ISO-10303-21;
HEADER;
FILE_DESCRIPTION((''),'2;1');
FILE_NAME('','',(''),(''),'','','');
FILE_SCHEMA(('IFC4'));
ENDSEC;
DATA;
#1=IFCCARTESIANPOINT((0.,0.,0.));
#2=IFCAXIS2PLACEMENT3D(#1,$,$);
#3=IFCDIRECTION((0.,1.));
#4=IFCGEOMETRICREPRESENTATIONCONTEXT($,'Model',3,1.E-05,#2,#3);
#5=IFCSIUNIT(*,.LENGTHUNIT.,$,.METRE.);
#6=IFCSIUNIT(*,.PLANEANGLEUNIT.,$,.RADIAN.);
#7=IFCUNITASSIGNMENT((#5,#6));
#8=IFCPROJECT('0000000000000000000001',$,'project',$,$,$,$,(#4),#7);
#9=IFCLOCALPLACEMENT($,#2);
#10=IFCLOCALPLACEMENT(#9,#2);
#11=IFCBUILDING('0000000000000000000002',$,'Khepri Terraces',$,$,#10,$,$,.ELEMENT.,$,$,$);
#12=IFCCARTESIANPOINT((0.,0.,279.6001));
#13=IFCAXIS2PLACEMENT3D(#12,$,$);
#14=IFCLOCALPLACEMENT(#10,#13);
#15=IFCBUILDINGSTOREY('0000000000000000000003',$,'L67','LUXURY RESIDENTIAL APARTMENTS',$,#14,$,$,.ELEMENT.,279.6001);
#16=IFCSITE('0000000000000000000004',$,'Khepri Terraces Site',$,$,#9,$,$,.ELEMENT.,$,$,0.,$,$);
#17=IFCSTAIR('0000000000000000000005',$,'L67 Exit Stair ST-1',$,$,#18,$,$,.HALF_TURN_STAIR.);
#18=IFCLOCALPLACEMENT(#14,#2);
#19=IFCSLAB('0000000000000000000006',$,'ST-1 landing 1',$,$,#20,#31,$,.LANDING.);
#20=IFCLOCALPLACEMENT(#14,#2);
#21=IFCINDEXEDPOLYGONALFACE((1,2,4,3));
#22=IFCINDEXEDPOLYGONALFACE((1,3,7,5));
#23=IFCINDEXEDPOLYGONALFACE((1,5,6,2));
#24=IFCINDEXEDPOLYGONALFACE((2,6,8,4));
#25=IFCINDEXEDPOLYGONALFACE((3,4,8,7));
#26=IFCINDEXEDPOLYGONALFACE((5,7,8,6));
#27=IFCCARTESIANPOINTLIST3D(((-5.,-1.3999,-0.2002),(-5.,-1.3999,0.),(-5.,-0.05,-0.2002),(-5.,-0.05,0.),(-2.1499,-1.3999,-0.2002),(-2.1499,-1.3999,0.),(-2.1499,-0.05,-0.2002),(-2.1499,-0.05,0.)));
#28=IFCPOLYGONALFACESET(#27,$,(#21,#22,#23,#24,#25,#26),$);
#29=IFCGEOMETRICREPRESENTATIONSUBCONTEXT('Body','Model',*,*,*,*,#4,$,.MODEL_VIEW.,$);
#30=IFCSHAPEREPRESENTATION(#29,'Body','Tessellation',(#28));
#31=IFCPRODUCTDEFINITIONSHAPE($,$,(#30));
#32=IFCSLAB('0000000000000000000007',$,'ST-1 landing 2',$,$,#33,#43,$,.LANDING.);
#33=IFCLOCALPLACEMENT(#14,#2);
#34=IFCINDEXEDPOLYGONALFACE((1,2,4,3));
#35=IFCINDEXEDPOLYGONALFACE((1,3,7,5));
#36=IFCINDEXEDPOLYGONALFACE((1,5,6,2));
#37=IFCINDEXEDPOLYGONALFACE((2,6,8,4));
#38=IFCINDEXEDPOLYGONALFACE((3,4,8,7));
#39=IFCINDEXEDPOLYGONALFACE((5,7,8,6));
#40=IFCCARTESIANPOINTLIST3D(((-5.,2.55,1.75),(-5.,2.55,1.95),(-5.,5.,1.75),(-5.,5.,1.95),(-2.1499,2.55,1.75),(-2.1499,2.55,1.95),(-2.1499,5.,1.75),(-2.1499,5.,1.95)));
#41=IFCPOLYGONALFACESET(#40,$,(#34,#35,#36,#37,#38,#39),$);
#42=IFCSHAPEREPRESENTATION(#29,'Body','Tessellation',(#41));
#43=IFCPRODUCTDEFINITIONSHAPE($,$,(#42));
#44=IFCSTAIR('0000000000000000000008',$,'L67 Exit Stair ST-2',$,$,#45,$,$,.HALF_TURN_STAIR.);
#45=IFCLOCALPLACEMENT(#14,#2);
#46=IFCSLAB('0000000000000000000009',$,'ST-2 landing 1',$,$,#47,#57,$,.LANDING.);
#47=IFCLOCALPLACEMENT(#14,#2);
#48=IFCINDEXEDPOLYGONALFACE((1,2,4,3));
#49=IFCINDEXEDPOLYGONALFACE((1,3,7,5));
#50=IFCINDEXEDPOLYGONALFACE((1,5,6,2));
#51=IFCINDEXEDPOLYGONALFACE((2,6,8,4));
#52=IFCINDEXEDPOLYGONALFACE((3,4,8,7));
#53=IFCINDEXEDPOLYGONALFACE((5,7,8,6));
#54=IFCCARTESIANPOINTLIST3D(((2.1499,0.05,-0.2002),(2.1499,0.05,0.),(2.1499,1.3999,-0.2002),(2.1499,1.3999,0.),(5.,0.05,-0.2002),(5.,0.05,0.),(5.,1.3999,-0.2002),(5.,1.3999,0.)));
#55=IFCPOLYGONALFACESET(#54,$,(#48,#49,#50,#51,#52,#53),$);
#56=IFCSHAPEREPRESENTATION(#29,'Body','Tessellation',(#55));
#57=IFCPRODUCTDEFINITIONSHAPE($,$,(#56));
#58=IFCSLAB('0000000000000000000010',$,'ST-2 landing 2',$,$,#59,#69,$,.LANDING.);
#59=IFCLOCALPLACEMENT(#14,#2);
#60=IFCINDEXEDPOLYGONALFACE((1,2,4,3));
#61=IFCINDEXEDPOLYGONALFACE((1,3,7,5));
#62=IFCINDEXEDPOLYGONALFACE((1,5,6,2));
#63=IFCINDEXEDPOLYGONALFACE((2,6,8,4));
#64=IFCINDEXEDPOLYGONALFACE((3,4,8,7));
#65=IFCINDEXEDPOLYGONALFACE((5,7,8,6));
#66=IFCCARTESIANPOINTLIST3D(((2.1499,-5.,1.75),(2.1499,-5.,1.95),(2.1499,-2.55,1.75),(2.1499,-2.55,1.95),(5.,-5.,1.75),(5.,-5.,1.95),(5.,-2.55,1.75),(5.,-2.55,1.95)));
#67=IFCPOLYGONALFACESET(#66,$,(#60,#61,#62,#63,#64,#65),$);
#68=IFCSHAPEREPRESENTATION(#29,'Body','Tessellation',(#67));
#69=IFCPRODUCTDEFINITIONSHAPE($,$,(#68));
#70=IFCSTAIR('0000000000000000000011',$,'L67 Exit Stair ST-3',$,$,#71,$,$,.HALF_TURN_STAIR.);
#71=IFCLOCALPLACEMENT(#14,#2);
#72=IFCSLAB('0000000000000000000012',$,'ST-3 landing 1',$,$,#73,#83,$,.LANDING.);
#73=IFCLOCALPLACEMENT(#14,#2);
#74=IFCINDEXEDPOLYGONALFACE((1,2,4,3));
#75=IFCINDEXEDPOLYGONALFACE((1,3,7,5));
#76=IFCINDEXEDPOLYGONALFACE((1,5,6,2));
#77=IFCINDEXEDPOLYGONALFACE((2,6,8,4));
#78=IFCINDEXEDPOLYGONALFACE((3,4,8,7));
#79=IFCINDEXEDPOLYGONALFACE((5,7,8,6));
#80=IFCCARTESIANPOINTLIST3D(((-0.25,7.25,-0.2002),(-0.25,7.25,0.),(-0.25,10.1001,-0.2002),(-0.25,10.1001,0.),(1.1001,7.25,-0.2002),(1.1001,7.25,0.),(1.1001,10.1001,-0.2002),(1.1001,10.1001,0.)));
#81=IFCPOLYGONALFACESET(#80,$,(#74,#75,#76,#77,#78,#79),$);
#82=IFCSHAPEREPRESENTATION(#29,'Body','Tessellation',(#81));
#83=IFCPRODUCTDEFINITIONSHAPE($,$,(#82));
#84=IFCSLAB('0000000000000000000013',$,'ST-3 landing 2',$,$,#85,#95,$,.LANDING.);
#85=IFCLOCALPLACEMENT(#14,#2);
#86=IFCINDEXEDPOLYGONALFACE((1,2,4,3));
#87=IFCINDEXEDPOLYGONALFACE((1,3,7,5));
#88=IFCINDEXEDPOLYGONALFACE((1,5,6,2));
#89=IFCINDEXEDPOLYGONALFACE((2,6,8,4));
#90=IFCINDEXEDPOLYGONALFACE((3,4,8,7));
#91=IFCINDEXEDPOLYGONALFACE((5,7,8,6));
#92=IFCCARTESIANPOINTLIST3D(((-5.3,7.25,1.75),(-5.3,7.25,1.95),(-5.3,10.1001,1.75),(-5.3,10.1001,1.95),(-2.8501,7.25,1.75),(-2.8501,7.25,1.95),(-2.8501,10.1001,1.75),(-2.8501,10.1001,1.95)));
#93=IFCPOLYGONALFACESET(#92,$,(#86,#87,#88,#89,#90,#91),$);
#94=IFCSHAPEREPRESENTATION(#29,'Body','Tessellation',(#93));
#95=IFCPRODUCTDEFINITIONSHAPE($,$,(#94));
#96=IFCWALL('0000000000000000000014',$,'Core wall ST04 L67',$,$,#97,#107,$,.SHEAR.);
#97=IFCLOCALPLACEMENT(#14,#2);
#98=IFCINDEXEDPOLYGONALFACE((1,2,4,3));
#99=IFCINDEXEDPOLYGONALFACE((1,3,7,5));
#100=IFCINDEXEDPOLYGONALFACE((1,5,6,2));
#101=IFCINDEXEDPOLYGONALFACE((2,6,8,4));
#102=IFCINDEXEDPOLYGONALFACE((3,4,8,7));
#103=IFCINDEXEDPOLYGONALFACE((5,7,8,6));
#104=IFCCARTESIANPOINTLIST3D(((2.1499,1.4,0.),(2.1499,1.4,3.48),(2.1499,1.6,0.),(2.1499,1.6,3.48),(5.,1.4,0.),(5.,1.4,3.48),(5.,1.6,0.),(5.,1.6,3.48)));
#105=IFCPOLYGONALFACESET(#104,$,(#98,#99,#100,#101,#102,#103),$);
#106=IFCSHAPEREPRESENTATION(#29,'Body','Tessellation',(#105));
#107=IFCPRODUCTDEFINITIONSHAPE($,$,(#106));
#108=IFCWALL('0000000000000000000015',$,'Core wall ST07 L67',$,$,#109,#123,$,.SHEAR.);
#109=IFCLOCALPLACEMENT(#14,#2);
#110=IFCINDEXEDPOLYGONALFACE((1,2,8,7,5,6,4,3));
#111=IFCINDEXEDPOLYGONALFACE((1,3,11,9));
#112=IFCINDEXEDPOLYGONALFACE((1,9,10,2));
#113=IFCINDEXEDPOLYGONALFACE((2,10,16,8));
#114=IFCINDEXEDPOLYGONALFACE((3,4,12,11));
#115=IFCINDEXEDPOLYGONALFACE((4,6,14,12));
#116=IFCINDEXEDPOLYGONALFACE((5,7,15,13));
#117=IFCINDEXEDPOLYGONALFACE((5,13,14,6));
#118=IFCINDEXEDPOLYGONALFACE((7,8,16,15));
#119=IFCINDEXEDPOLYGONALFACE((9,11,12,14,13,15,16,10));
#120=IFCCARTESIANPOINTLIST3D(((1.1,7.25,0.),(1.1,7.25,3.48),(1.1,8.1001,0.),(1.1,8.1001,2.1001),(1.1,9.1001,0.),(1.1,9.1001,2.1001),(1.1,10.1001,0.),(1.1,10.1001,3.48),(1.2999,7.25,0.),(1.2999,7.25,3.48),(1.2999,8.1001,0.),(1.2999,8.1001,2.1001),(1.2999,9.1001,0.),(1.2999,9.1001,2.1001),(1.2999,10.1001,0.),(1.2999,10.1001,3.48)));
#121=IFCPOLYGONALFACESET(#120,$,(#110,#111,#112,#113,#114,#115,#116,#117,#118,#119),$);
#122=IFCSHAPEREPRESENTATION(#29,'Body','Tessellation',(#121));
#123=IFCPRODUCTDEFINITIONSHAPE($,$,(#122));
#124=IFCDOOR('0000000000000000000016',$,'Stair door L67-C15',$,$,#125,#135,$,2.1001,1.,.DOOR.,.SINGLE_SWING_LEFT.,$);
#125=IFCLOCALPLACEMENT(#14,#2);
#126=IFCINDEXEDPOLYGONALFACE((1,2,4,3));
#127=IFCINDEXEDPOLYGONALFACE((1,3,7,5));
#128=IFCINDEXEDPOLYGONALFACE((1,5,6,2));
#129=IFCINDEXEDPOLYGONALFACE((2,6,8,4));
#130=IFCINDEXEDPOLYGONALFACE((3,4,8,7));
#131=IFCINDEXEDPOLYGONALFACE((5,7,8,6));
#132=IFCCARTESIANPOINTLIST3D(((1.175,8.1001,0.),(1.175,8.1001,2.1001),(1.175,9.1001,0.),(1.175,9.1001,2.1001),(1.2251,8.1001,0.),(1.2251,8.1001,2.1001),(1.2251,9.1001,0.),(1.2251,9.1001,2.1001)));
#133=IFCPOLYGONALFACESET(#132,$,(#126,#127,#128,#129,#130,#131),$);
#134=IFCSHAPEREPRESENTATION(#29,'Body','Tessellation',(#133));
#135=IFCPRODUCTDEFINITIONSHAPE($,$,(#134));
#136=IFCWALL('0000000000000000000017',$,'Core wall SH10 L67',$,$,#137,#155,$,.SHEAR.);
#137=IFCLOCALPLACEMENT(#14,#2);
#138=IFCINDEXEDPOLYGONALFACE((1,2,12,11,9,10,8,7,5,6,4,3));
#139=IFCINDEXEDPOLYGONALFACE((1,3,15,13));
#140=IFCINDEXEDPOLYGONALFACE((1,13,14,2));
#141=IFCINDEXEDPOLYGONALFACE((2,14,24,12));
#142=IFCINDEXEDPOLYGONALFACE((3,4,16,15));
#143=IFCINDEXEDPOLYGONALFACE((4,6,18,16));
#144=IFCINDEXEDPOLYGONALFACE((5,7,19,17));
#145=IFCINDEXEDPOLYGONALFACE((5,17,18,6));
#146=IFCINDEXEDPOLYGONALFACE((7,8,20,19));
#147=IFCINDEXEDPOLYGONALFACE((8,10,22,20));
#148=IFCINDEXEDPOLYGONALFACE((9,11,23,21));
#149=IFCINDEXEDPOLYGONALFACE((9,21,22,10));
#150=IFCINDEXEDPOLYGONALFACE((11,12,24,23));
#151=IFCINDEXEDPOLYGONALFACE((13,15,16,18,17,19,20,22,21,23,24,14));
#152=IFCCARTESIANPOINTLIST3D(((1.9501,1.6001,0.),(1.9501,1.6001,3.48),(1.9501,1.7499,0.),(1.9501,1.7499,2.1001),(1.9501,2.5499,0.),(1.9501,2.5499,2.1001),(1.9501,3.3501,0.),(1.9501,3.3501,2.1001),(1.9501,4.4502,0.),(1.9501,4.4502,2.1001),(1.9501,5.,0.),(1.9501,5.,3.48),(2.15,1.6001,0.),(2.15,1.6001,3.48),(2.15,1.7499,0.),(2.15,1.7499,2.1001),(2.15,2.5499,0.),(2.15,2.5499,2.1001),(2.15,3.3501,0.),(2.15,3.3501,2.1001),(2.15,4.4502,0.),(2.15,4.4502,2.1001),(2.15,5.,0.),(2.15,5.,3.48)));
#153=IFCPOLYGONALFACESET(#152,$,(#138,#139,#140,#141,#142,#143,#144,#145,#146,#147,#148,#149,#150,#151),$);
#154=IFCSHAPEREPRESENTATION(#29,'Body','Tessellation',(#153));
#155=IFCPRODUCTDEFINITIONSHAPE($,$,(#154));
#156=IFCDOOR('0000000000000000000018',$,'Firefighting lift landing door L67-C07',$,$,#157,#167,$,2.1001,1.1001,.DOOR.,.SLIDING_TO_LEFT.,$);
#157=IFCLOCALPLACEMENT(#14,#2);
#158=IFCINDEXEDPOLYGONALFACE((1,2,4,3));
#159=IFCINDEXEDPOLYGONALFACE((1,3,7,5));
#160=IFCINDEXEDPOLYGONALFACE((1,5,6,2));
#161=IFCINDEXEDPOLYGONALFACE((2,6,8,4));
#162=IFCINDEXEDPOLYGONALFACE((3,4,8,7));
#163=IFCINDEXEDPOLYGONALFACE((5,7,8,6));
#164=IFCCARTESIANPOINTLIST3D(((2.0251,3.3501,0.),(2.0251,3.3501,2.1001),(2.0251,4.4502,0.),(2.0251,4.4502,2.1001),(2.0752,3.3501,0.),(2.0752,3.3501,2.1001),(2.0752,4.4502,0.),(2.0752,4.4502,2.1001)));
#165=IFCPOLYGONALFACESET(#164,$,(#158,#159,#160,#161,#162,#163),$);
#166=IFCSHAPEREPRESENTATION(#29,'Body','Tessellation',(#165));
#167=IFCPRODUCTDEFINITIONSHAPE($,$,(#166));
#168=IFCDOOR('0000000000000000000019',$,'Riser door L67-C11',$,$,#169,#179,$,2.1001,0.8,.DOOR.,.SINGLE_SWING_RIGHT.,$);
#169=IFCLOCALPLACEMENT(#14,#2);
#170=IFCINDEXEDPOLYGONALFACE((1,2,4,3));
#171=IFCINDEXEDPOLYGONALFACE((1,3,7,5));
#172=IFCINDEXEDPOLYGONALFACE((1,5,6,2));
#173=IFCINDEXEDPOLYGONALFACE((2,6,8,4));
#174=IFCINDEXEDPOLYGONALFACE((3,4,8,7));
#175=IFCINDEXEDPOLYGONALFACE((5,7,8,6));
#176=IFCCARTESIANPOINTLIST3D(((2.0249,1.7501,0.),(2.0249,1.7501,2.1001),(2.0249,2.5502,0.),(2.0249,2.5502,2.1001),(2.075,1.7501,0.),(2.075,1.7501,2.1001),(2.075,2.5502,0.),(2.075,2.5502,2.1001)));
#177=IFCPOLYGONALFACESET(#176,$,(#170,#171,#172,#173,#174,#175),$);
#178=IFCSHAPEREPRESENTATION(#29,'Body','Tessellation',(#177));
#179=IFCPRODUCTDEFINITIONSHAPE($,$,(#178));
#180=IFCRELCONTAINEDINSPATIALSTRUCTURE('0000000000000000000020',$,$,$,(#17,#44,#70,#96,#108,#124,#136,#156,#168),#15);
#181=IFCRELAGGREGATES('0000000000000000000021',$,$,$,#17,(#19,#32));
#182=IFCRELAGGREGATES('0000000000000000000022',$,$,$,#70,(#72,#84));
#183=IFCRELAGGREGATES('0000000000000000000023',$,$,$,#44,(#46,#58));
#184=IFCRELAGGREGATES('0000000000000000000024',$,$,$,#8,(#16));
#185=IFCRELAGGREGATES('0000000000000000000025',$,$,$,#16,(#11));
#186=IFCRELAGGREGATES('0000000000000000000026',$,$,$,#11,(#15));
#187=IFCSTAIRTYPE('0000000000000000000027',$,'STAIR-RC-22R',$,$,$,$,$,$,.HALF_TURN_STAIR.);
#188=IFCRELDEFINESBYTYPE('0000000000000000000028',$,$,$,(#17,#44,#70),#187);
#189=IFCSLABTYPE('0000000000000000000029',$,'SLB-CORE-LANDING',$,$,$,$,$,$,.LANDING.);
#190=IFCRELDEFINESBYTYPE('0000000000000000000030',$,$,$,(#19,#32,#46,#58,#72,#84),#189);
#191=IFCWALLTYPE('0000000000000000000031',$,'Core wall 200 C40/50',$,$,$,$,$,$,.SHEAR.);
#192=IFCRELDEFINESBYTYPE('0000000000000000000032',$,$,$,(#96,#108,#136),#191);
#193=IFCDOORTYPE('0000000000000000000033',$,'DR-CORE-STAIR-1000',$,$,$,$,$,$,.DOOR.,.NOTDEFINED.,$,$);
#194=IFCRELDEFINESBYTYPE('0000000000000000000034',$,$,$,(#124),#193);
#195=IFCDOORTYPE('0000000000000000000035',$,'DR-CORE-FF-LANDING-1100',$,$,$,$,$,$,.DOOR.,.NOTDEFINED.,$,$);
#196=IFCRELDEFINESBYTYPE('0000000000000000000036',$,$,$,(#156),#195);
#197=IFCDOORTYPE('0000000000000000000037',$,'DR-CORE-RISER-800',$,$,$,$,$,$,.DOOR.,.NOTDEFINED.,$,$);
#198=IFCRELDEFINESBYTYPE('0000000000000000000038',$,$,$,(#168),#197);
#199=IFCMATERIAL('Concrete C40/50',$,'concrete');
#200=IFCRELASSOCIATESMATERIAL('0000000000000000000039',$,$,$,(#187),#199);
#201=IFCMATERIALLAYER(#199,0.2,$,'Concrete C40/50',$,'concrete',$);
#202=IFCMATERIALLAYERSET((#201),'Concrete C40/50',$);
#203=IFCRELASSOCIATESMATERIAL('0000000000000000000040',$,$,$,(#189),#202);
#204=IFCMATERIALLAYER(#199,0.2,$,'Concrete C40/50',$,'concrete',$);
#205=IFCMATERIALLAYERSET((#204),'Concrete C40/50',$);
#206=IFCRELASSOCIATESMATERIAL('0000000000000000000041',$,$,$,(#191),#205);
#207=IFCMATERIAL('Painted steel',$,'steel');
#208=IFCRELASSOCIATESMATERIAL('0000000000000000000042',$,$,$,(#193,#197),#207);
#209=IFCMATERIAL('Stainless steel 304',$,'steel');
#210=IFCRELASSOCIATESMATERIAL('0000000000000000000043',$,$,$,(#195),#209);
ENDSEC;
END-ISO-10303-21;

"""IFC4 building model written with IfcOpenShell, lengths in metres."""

from ifc_helpers import new_model, si_unit, direction, frame, frame_2d, origin, place, context, subcontext, project, spatial, polyline, rectangle, outline, extrude, material, layer, layer_set, type_object, element, fill, aggregate, save


model = new_model("IFC4")

# Units and contexts
model_context = context("Model", 3, precision=1e-05, world=origin(), true_north=direction((0.0, 1.0)))
body_context = subcontext(model_context, "Body", "Model", "MODEL_VIEW")
ifc_project = project(units=[si_unit("LENGTHUNIT", "METRE"), si_unit("PLANEANGLEUNIT", "RADIAN")], contexts=[model_context])

# Site, building, storey
site_placement = place(None, origin())
site = spatial("IfcSite", under=ifc_project, at=site_placement, Name="Khepri Terraces Site", CompositionType="ELEMENT", RefElevation=0.0)
building_placement = place(site_placement, origin())
building = spatial("IfcBuilding", under=site, at=building_placement, Name="Khepri Terraces", CompositionType="ELEMENT")
storey_placement = place(building_placement, frame((0.0, 0.0, 279.6001)))
storey = spatial("IfcBuildingStorey", under=building, at=storey_placement, Name="L67", Description="LUXURY RESIDENTIAL APARTMENTS", CompositionType="ELEMENT", Elevation=279.6001)

# Stairs, slabs
ifc_material_1 = material(Name="Concrete C40/50", Category="concrete")
stair_type = type_object("IfcStairType", Name="STAIR-RC-22R", PredefinedType="HALF_TURN_STAIR", material=ifc_material_1)
stair_1_placement = place(storey_placement, origin())
stair_1 = element("IfcStair", 1, at=stair_1_placement, inside=storey, type_object=stair_type, Name="L67 Exit Stair ST-1", PredefinedType="HALF_TURN_STAIR")
ifc_layer_1 = layer(ifc_material_1, 0.2, Name="Concrete C40/50", Category="concrete")
ifc_layer_set_1 = layer_set([ifc_layer_1], Name="Concrete C40/50")
slab_type = type_object("IfcSlabType", Name="SLB-CORE-LANDING", PredefinedType="LANDING", material=ifc_layer_set_1)
slab_1_placement = place(storey_placement, frame((0.0, 0.0, -0.2002)))
slab_1 = element("IfcSlab", 2, at=slab_1_placement, type_object=slab_type, Name="ST-1 landing 1", PredefinedType="LANDING", context=body_context, shape_type="SweptSolid", body=[
    extrude(outline(polyline([(-2.1499, -1.3999), (-2.1499, -0.05), (-5.0, -0.05), (-5.0, -1.3999), (-2.1499, -1.3999)])), origin(), (0.0, 0.0, 1.0), 0.2002),
])
slab_2_placement = place(storey_placement, frame((0.0, 0.0, 1.75)))
slab_2 = element("IfcSlab", 3, at=slab_2_placement, type_object=slab_type, Name="ST-1 landing 2", PredefinedType="LANDING", context=body_context, shape_type="SweptSolid", body=[
    extrude(outline(polyline([(-2.1499, 2.55), (-2.1499, 5.0), (-5.0, 5.0), (-5.0, 2.55), (-2.1499, 2.55)])), origin(), (0.0, 0.0, 1.0), 0.2),
])
aggregate(stair_1, [slab_1, slab_2])
stair_2_placement = place(storey_placement, origin())
stair_2 = element("IfcStair", 4, at=stair_2_placement, inside=storey, type_object=stair_type, Name="L67 Exit Stair ST-2", PredefinedType="HALF_TURN_STAIR")
slab_3_placement = place(storey_placement, frame((0.0, 0.0, -0.2002)))
slab_3 = element("IfcSlab", 5, at=slab_3_placement, type_object=slab_type, Name="ST-2 landing 1", PredefinedType="LANDING", context=body_context, shape_type="SweptSolid", body=[
    extrude(outline(polyline([(2.1499, 1.3999), (2.1499, 0.05), (5.0, 0.05), (5.0, 1.3999), (2.1499, 1.3999)])), origin(), (0.0, 0.0, 1.0), 0.2002),
])
slab_4_placement = place(storey_placement, frame((0.0, 0.0, 1.75)))
slab_4 = element("IfcSlab", 6, at=slab_4_placement, type_object=slab_type, Name="ST-2 landing 2", PredefinedType="LANDING", context=body_context, shape_type="SweptSolid", body=[
    extrude(outline(polyline([(2.1499, -2.55), (2.1499, -5.0), (5.0, -5.0), (5.0, -2.55), (2.1499, -2.55)])), origin(), (0.0, 0.0, 1.0), 0.2),
])
stair_3_placement = place(storey_placement, origin())
stair_3 = element("IfcStair", 7, at=stair_3_placement, inside=storey, type_object=stair_type, Name="L67 Exit Stair ST-3", PredefinedType="HALF_TURN_STAIR")
slab_5_placement = place(storey_placement, frame((0.0, 0.0, -0.2002)))
slab_5 = element("IfcSlab", 8, at=slab_5_placement, type_object=slab_type, Name="ST-3 landing 1", PredefinedType="LANDING", context=body_context, shape_type="SweptSolid", body=[
    extrude(outline(polyline([(1.1001, 10.1001), (-0.25, 10.1001), (-0.25, 7.25), (1.1001, 7.25), (1.1001, 10.1001)])), origin(), (0.0, 0.0, 1.0), 0.2002),
])
slab_6_placement = place(storey_placement, frame((0.0, 0.0, 1.75)))
slab_6 = element("IfcSlab", 9, at=slab_6_placement, type_object=slab_type, Name="ST-3 landing 2", PredefinedType="LANDING", context=body_context, shape_type="SweptSolid", body=[
    extrude(outline(polyline([(-2.8501, 10.1001), (-5.3, 10.1001), (-5.3, 7.25), (-2.8501, 7.25), (-2.8501, 10.1001)])), origin(), (0.0, 0.0, 1.0), 0.2),
])
aggregate(stair_3, [slab_5, slab_6])

# Wall
ifc_layer_2 = layer(ifc_material_1, 0.2, Name="Concrete C40/50", Category="concrete")
ifc_layer_set_2 = layer_set([ifc_layer_2], Name="Concrete C40/50")
wall_type = type_object("IfcWallType", Name="Core wall 200 C40/50", PredefinedType="SHEAR", material=ifc_layer_set_2)
wall_1_placement = place(storey_placement, frame((2.1499, 1.5, 0.0), z_axis=(0.0, 0.0, 1.0), x_axis=(1.0, 0.0, 0.0)))
element("IfcWall", 10, at=wall_1_placement, inside=storey, type_object=wall_type, Name="Core wall ST04 L67", PredefinedType="SHEAR", context=body_context, shape_type="SweptSolid", body=[
    extrude(rectangle(XDim=2.8501, YDim=0.2, at=frame_2d((1.425, 0.0))), origin(), (0.0, 0.0, 1.0), 3.48),
])

# Wall, opening, door
wall_2_placement = place(storey_placement, frame((1.2, 7.25, 0.0), z_axis=(0.0, 0.0, 1.0), x_axis=(0.0, 1.0, 0.0)))
wall_2 = element("IfcWall", 11, at=wall_2_placement, inside=storey, type_object=wall_type, Name="Core wall ST07 L67", PredefinedType="SHEAR", context=body_context, shape_type="SweptSolid", body=[
    extrude(rectangle(XDim=2.8501, YDim=0.2, at=frame_2d((1.425, 0.0))), origin(), (0.0, 0.0, 1.0), 3.48),
])
opening_1_placement = place(wall_2_placement, frame((0.8501, 0.0, 0.0)))
opening_1 = element("IfcOpeningElement", 12, at=opening_1_placement, cuts=wall_2, PredefinedType="OPENING", context=body_context, shape_type="SweptSolid", body=[
    extrude(rectangle(XDim=1.0, YDim=2.1001, at=frame_2d((0.5, 1.05))), frame((0.0, 0.1099, 0.0), z_axis=(0.0, -1.0, 0.0), x_axis=(1.0, 0.0, 0.0)), (0.0, 0.0, 1.0), 0.22),
])
ifc_material_2 = material(Name="Painted steel", Category="steel")
door_type_1 = type_object("IfcDoorType", Name="DR-CORE-STAIR-1000", OperationType="NOTDEFINED", PredefinedType="DOOR", material=ifc_material_2)
door_1_placement = place(opening_1_placement, origin())
door_1 = element("IfcDoor", 13, at=door_1_placement, inside=storey, type_object=door_type_1, Name="Stair door L67-C15", OperationType="SINGLE_SWING_LEFT", OverallHeight=2.1001, OverallWidth=1.0, PredefinedType="DOOR", context=body_context, shape_type="SweptSolid", body=[
    extrude(rectangle(XDim=1.0, YDim=2.1001, at=frame_2d((0.5, 1.05))), frame((0.0, 0.0249, 0.0), z_axis=(0.0, -1.0, 0.0), x_axis=(1.0, 0.0, 0.0)), (0.0, 0.0, 1.0), 0.05),
])
fill(opening_1, door_1)

# Wall, openings, doors
wall_3_placement = place(storey_placement, frame((2.05, 1.6001, 0.0), z_axis=(0.0, 0.0, 1.0), x_axis=(0.0, 1.0, 0.0)))
wall_3 = element("IfcWall", 14, at=wall_3_placement, inside=storey, type_object=wall_type, Name="Core wall SH10 L67", PredefinedType="SHEAR", context=body_context, shape_type="SweptSolid", body=[
    extrude(rectangle(XDim=3.3999, YDim=0.2, at=frame_2d((1.7, 0.0))), origin(), (0.0, 0.0, 1.0), 3.48),
])
opening_2_placement = place(wall_3_placement, frame((1.75, 0.0, 0.0)))
opening_2 = element("IfcOpeningElement", 15, at=opening_2_placement, cuts=wall_3, PredefinedType="OPENING", context=body_context, shape_type="SweptSolid", body=[
    extrude(rectangle(XDim=1.1001, YDim=2.1001, at=frame_2d((0.55, 1.05))), frame((0.0, 0.1099, 0.0), z_axis=(0.0, -1.0, 0.0), x_axis=(1.0, 0.0, 0.0)), (0.0, 0.0, 1.0), 0.22),
])
opening_3_placement = place(wall_3_placement, frame((0.1499, 0.0, 0.0)))
opening_3 = element("IfcOpeningElement", 16, at=opening_3_placement, cuts=wall_3, PredefinedType="OPENING", context=body_context, shape_type="SweptSolid", body=[
    extrude(rectangle(XDim=0.8, YDim=2.1001, at=frame_2d((0.3999, 1.05))), frame((0.0, 0.1099, 0.0), z_axis=(0.0, -1.0, 0.0), x_axis=(1.0, 0.0, 0.0)), (0.0, 0.0, 1.0), 0.22),
])
ifc_material_3 = material(Name="Stainless steel 304", Category="steel")
door_type_2 = type_object("IfcDoorType", Name="DR-CORE-FF-LANDING-1100", OperationType="NOTDEFINED", PredefinedType="DOOR", material=ifc_material_3)
door_2_placement = place(opening_2_placement, origin())
door_2 = element("IfcDoor", 17, at=door_2_placement, inside=storey, type_object=door_type_2, Name="Firefighting lift landing door L67-C07", OperationType="SLIDING_TO_LEFT", OverallHeight=2.1001, OverallWidth=1.1001, PredefinedType="DOOR", context=body_context, shape_type="SweptSolid", body=[
    extrude(rectangle(XDim=1.1001, YDim=2.1001, at=frame_2d((0.55, 1.05))), frame((0.0, 0.0249, 0.0), z_axis=(0.0, -1.0, 0.0), x_axis=(1.0, 0.0, 0.0)), (0.0, 0.0, 1.0), 0.05),
])
fill(opening_2, door_2)
door_type_3 = type_object("IfcDoorType", Name="DR-CORE-RISER-800", OperationType="NOTDEFINED", PredefinedType="DOOR", material=ifc_material_2)
door_3_placement = place(opening_3_placement, frame((0.8, 0.0, 0.0), z_axis=(0.0, 0.0, 1.0), x_axis=(-1.0, 0.0, 0.0)))
door_3 = element("IfcDoor", 18, at=door_3_placement, inside=storey, type_object=door_type_3, Name="Riser door L67-C11", OperationType="SINGLE_SWING_RIGHT", OverallHeight=2.1001, OverallWidth=0.8, PredefinedType="DOOR", context=body_context, shape_type="SweptSolid", body=[
    extrude(rectangle(XDim=0.8, YDim=2.1001, at=frame_2d((0.3999, 1.05))), frame((0.0, 0.0249, 0.0), z_axis=(0.0, -1.0, 0.0), x_axis=(1.0, 0.0, 0.0)), (0.0, 0.0, 1.0), 0.05),
])
fill(opening_3, door_3)

aggregate(stair_2, [slab_3, slab_4])

save(model, "model.ifc")
